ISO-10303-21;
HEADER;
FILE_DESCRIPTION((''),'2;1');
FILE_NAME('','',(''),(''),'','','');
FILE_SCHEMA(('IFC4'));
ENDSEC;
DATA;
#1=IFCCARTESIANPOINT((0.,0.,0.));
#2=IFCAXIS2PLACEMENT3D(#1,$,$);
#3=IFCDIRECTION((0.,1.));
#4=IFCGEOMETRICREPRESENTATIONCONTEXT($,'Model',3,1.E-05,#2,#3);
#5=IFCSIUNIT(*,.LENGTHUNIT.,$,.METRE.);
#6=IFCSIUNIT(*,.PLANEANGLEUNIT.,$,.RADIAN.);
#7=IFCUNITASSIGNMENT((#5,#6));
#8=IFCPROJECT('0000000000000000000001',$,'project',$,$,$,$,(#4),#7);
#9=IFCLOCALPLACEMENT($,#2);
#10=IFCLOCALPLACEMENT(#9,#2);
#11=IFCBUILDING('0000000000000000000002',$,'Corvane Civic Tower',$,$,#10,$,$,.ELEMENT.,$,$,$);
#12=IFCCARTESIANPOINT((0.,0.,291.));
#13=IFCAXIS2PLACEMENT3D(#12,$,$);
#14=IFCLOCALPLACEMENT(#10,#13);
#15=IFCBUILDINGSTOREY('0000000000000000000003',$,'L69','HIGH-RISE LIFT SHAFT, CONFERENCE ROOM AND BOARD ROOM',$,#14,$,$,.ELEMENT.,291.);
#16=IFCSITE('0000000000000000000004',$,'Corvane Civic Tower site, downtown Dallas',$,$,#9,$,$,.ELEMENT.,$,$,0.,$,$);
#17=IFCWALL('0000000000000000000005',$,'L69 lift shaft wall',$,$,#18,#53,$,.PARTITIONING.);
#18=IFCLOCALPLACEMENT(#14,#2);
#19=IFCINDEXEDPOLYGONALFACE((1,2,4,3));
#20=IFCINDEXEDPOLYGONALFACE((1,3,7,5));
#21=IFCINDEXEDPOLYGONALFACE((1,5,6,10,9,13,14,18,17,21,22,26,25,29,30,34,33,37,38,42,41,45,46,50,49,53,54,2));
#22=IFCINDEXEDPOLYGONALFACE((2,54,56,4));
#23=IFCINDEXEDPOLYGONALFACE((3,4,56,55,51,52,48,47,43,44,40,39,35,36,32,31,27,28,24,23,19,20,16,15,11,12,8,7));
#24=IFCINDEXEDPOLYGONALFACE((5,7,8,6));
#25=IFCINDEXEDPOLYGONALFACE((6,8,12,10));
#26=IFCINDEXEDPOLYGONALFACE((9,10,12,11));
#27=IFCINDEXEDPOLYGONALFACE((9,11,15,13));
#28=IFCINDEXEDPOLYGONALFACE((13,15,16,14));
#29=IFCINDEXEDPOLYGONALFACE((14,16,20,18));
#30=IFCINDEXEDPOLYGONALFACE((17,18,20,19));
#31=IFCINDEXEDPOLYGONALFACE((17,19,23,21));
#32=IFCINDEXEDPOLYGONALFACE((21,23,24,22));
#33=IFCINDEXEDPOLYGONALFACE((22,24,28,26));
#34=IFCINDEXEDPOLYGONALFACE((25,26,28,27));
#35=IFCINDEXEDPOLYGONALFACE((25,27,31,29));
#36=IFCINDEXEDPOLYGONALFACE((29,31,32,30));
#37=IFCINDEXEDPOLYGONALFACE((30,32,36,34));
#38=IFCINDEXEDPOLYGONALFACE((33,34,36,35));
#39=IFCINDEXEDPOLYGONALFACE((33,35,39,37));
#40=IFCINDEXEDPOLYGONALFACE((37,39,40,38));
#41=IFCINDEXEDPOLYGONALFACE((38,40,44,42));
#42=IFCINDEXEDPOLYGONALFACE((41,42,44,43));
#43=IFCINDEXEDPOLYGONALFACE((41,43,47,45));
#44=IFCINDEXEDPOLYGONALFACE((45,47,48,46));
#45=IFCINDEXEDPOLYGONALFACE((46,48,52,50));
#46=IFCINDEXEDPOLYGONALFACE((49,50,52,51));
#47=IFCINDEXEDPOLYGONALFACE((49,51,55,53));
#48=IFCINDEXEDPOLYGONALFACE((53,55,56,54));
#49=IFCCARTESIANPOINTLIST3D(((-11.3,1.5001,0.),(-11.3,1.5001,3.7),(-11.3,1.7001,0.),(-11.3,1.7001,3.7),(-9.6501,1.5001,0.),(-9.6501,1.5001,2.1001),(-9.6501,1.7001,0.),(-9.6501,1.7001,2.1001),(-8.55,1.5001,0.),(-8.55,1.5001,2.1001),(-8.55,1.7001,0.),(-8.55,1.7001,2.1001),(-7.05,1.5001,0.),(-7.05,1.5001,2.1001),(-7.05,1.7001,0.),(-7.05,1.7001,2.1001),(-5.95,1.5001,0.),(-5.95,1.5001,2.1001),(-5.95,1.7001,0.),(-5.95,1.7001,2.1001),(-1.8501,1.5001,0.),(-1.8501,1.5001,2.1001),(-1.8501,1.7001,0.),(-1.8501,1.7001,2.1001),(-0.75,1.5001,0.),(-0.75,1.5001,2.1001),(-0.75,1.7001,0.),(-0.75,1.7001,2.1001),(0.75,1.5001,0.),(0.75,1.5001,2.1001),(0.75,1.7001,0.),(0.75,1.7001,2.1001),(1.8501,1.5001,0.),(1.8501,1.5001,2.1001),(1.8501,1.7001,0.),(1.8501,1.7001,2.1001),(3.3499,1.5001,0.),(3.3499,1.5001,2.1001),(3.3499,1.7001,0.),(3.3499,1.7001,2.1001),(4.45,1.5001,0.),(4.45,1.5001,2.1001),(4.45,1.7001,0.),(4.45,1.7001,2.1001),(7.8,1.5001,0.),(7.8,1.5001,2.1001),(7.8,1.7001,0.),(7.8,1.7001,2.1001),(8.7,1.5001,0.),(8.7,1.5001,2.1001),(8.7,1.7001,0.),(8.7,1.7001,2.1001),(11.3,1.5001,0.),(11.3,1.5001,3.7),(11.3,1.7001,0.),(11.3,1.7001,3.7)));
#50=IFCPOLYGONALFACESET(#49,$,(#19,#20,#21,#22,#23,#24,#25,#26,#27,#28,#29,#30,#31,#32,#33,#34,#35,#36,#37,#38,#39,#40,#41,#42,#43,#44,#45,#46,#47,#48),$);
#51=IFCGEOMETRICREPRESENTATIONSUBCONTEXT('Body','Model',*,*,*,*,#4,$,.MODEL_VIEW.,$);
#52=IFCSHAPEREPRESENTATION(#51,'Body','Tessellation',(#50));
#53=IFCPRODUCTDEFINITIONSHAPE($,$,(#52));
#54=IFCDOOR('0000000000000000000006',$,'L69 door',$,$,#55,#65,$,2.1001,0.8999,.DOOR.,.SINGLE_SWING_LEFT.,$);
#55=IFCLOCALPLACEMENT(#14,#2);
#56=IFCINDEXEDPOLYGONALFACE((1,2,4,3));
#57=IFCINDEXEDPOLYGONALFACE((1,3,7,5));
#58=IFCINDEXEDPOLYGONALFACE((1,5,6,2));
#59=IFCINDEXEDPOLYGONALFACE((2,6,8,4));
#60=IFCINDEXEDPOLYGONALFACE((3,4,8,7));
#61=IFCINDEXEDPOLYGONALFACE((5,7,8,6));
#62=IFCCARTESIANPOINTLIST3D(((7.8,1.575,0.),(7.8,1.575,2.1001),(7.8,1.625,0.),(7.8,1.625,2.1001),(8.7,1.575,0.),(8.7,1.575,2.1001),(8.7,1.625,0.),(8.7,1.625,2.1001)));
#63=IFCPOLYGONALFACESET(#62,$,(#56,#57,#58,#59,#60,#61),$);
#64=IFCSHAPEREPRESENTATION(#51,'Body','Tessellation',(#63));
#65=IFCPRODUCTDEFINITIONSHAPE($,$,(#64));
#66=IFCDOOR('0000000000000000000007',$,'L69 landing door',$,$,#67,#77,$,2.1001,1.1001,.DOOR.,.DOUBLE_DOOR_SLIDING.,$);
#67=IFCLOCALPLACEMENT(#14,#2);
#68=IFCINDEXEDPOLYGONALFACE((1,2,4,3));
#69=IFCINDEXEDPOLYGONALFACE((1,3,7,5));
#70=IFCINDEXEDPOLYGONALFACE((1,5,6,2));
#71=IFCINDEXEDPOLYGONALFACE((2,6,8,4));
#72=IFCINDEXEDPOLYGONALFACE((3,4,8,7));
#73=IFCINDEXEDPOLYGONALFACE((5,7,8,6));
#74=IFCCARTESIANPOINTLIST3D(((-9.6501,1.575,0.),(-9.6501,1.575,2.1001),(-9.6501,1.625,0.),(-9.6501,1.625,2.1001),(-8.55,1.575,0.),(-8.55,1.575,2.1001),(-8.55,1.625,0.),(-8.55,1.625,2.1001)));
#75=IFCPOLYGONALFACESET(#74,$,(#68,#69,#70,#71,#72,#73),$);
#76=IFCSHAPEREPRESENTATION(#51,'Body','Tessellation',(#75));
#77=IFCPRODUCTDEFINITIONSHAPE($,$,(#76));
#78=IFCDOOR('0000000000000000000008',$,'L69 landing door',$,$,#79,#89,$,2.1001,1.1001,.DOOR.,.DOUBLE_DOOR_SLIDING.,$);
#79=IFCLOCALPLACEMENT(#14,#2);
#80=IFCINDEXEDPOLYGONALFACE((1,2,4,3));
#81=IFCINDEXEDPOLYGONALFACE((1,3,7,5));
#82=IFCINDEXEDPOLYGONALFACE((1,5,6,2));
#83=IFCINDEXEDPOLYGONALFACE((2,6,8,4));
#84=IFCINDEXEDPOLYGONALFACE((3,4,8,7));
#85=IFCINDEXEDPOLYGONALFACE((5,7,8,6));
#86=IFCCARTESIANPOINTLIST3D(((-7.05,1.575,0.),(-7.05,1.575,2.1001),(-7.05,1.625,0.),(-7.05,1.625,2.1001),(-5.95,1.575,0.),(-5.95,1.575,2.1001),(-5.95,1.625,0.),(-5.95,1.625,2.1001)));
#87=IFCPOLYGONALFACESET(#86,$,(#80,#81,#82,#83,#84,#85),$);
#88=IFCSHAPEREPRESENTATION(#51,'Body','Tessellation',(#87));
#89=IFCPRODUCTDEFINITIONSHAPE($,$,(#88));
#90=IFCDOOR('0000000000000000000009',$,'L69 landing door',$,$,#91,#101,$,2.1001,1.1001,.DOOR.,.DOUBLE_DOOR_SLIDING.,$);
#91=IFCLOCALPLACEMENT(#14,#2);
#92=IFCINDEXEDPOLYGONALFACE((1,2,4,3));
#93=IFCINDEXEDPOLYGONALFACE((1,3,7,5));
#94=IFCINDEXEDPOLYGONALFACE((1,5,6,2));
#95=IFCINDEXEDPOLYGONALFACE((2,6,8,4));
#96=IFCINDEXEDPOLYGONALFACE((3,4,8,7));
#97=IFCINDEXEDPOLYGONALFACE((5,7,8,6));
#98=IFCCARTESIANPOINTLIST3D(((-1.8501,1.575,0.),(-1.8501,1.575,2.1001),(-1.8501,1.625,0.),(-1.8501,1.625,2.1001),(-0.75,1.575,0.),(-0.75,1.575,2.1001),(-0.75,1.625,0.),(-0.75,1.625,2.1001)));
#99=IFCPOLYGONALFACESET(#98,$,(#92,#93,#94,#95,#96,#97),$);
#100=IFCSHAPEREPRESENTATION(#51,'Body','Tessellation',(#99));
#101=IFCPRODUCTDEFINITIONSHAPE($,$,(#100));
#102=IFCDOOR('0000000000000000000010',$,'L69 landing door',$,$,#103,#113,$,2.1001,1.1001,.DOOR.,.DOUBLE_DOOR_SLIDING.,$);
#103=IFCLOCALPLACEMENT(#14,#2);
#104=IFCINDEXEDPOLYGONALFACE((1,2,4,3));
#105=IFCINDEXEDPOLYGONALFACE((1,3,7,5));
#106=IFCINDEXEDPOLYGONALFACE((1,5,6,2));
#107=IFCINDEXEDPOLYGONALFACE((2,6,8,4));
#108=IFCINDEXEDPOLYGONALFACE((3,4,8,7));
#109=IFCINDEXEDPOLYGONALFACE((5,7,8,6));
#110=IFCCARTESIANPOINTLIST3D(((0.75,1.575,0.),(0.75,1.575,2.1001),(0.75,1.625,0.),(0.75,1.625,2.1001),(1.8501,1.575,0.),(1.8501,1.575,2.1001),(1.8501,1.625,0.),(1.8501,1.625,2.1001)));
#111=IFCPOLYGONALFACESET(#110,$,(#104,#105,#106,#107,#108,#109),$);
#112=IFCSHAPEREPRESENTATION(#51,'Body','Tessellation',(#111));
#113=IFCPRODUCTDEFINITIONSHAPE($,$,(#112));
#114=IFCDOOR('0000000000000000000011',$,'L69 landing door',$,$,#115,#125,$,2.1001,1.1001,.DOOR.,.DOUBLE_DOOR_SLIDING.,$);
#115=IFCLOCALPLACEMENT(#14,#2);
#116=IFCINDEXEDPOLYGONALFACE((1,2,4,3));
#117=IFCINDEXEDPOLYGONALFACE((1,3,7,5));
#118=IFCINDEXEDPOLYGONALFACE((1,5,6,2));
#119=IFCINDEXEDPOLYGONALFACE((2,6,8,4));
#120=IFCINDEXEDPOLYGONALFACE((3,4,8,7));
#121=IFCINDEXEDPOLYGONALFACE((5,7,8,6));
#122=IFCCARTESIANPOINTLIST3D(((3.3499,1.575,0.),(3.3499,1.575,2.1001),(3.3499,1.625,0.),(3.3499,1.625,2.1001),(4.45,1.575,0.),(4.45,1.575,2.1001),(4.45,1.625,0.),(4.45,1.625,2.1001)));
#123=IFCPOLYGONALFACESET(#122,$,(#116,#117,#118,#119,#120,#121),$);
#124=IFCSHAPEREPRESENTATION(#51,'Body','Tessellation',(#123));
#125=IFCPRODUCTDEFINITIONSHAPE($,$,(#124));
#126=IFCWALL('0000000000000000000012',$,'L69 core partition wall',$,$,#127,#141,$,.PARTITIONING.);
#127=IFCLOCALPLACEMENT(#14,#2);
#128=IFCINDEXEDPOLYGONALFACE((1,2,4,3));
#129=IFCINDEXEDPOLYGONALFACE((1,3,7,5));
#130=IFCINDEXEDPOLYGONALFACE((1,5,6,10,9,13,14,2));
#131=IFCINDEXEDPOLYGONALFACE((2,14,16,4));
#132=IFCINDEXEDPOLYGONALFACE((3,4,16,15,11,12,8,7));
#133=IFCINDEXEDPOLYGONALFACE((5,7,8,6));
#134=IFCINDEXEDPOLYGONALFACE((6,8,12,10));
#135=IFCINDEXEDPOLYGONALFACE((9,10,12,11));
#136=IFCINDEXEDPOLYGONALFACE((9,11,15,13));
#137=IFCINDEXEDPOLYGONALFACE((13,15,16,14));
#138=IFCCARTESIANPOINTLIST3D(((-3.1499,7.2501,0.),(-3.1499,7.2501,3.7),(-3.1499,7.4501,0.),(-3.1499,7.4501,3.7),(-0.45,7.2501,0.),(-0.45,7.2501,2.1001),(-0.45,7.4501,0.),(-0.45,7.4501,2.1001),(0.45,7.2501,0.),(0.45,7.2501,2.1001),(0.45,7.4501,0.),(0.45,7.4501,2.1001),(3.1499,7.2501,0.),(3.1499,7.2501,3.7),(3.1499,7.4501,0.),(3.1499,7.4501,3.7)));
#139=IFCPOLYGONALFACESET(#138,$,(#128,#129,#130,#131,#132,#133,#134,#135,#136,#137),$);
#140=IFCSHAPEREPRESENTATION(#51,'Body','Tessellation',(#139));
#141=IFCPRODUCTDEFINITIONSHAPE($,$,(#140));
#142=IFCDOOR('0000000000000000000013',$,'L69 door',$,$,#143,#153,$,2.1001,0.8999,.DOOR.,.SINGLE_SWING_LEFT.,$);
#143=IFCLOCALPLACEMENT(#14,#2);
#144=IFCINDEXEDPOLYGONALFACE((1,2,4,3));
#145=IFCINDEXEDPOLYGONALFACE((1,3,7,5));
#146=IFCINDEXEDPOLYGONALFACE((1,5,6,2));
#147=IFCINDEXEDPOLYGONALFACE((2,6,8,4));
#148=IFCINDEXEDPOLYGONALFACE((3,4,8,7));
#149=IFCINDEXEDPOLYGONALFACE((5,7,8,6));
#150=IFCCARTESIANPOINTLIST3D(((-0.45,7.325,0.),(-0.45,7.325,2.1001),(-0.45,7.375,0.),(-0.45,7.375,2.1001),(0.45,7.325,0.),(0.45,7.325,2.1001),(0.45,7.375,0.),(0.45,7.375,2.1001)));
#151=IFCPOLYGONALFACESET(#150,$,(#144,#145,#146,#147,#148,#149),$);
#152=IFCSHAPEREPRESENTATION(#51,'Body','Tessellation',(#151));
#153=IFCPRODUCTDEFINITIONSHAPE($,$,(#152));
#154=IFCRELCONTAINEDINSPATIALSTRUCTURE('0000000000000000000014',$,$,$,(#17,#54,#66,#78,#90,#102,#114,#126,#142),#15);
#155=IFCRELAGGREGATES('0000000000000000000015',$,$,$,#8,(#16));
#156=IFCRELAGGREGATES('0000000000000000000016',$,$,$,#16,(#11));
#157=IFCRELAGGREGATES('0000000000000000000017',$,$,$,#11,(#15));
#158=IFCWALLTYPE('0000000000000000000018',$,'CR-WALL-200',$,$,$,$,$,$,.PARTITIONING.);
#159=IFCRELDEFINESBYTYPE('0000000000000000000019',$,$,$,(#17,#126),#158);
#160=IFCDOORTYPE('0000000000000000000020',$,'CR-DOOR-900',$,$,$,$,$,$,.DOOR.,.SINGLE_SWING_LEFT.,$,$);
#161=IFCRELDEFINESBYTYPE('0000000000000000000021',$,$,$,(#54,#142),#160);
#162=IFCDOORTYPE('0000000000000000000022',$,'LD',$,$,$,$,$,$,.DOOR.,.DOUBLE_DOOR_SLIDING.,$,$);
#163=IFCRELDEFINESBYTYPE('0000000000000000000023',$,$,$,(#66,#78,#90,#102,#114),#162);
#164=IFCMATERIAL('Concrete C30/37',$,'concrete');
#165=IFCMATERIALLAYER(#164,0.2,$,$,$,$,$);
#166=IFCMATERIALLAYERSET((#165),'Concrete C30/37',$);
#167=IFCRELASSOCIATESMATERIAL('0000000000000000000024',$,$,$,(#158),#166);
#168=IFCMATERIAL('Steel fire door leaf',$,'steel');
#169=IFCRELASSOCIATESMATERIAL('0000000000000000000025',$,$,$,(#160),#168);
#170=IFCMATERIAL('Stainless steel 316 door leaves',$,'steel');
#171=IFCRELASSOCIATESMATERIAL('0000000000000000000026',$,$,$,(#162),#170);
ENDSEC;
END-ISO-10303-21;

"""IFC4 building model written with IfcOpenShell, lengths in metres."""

from ifc_helpers import new_model, si_unit, direction, frame, frame_2d, origin, place, context, subcontext, project, spatial, rectangle, extrude, material, layer, layer_set, type_object, element, fill, save


model = new_model("IFC4")

# Units and contexts
model_context = context("Model", 3, precision=1e-05, world=origin(), true_north=direction((0.0, 1.0)))
body_context = subcontext(model_context, "Body", "Model", "MODEL_VIEW")
ifc_project = project(units=[si_unit("LENGTHUNIT", "METRE"), si_unit("PLANEANGLEUNIT", "RADIAN")], contexts=[model_context])

# Site, building, storey
site_placement = place(None, origin())
site = spatial("IfcSite", under=ifc_project, at=site_placement, Name="Corvane Civic Tower site, downtown Dallas", CompositionType="ELEMENT", RefElevation=0.0)
building_placement = place(site_placement, origin())
building = spatial("IfcBuilding", under=site, at=building_placement, Name="Corvane Civic Tower", CompositionType="ELEMENT")
storey_placement = place(building_placement, frame((0.0, 0.0, 291.0)))
storey = spatial("IfcBuildingStorey", under=building, at=storey_placement, Name="L69", Description="HIGH-RISE LIFT SHAFT, CONFERENCE ROOM AND BOARD ROOM", CompositionType="ELEMENT", Elevation=291.0)

# Wall, openings, doors
ifc_material_1 = material(Name="Concrete C30/37", Category="concrete")
ifc_layer_1 = layer(ifc_material_1, 0.2)
ifc_layer_set_1 = layer_set([ifc_layer_1], Name="Concrete C30/37")
wall_type_1 = type_object("IfcWallType", Name="CR-WALL-200", PredefinedType="PARTITIONING", material=ifc_layer_set_1)
wall_1_placement = place(storey_placement, frame((-11.3, 1.6001, 0.0), z_axis=(0.0, 0.0, 1.0), x_axis=(1.0, 0.0, 0.0)))
wall_1 = element("IfcWall", 1, at=wall_1_placement, inside=storey, type_object=wall_type_1, Name="L69 lift shaft wall", PredefinedType="PARTITIONING", context=body_context, shape_type="SweptSolid", body=[
    extrude(rectangle(XDim=22.6001, YDim=0.2, at=frame_2d((11.3, 0.0))), origin(), (0.0, 0.0, 1.0), 3.7),
])
opening_1_placement = place(wall_1_placement, frame((1.6499, 0.0, 0.0)))
opening_1 = element("IfcOpeningElement", 2, at=opening_1_placement, cuts=wall_1, PredefinedType="OPENING", context=body_context, shape_type="SweptSolid", body=[
    extrude(rectangle(XDim=1.1001, YDim=2.1001, at=frame_2d((0.55, 1.05))), frame((0.0, 0.1099, 0.0), z_axis=(0.0, -1.0, 0.0), x_axis=(1.0, 0.0, 0.0)), (0.0, 0.0, 1.0), 0.22),
])
opening_2_placement = place(wall_1_placement, frame((4.25, 0.0, 0.0)))
opening_2 = element("IfcOpeningElement", 3, at=opening_2_placement, cuts=wall_1, PredefinedType="OPENING", context=body_context, shape_type="SweptSolid", body=[
    extrude(rectangle(XDim=1.1001, YDim=2.1001, at=frame_2d((0.55, 1.05))), frame((0.0, 0.1099, 0.0), z_axis=(0.0, -1.0, 0.0), x_axis=(1.0, 0.0, 0.0)), (0.0, 0.0, 1.0), 0.22),
])
opening_3_placement = place(wall_1_placement, frame((9.45, 0.0, 0.0)))
opening_3 = element("IfcOpeningElement", 4, at=opening_3_placement, cuts=wall_1, PredefinedType="OPENING", context=body_context, shape_type="SweptSolid", body=[
    extrude(rectangle(XDim=1.1001, YDim=2.1001, at=frame_2d((0.55, 1.05))), frame((0.0, 0.1099, 0.0), z_axis=(0.0, -1.0, 0.0), x_axis=(1.0, 0.0, 0.0)), (0.0, 0.0, 1.0), 0.22),
])
opening_4_placement = place(wall_1_placement, frame((12.05, 0.0, 0.0)))
opening_4 = element("IfcOpeningElement", 5, at=opening_4_placement, cuts=wall_1, PredefinedType="OPENING", context=body_context, shape_type="SweptSolid", body=[
    extrude(rectangle(XDim=1.1001, YDim=2.1001, at=frame_2d((0.55, 1.05))), frame((0.0, 0.1099, 0.0), z_axis=(0.0, -1.0, 0.0), x_axis=(1.0, 0.0, 0.0)), (0.0, 0.0, 1.0), 0.22),
])
opening_5_placement = place(wall_1_placement, frame((14.6499, 0.0, 0.0)))
opening_5 = element("IfcOpeningElement", 6, at=opening_5_placement, cuts=wall_1, PredefinedType="OPENING", context=body_context, shape_type="SweptSolid", body=[
    extrude(rectangle(XDim=1.1001, YDim=2.1001, at=frame_2d((0.55, 1.05))), frame((0.0, 0.1099, 0.0), z_axis=(0.0, -1.0, 0.0), x_axis=(1.0, 0.0, 0.0)), (0.0, 0.0, 1.0), 0.22),
])
opening_6_placement = place(wall_1_placement, frame((19.1001, 0.0, 0.0)))
opening_6 = element("IfcOpeningElement", 7, at=opening_6_placement, cuts=wall_1, PredefinedType="OPENING", context=body_context, shape_type="SweptSolid", body=[
    extrude(rectangle(XDim=0.8999, YDim=2.1001, at=frame_2d((0.45, 1.05))), frame((0.0, 0.1099, 0.0), z_axis=(0.0, -1.0, 0.0), x_axis=(1.0, 0.0, 0.0)), (0.0, 0.0, 1.0), 0.22),
])
ifc_material_2 = material(Name="Steel fire door leaf", Category="steel")
door_type_1 = type_object("IfcDoorType", Name="CR-DOOR-900", OperationType="SINGLE_SWING_LEFT", PredefinedType="DOOR", material=ifc_material_2)
door_1_placement = place(opening_6_placement, origin())
door_1 = element("IfcDoor", 8, at=door_1_placement, inside=storey, type_object=door_type_1, Name="L69 door", OperationType="SINGLE_SWING_LEFT", OverallHeight=2.1001, OverallWidth=0.8999, PredefinedType="DOOR", context=body_context, shape_type="SweptSolid", body=[
    extrude(rectangle(XDim=0.8999, YDim=2.1001, at=frame_2d((0.45, 1.05))), frame((0.0, 0.0249, 0.0), z_axis=(0.0, -1.0, 0.0), x_axis=(1.0, 0.0, 0.0)), (0.0, 0.0, 1.0), 0.05),
])
fill(opening_6, door_1)
ifc_material_3 = material(Name="Stainless steel 316 door leaves", Category="steel")
door_type_2 = type_object("IfcDoorType", Name="LD", OperationType="DOUBLE_DOOR_SLIDING", PredefinedType="DOOR", material=ifc_material_3)
door_2_placement = place(opening_1_placement, origin())
door_2 = element("IfcDoor", 9, at=door_2_placement, inside=storey, type_object=door_type_2, Name="L69 landing door", OperationType="DOUBLE_DOOR_SLIDING", OverallHeight=2.1001, OverallWidth=1.1001, PredefinedType="DOOR", context=body_context, shape_type="SweptSolid", body=[
    extrude(rectangle(XDim=1.1001, YDim=2.1001, at=frame_2d((0.55, 1.05))), frame((0.0, 0.0249, 0.0), z_axis=(0.0, -1.0, 0.0), x_axis=(1.0, 0.0, 0.0)), (0.0, 0.0, 1.0), 0.05),
])
fill(opening_1, door_2)
door_3_placement = place(opening_2_placement, origin())
door_3 = element("IfcDoor", 10, at=door_3_placement, inside=storey, type_object=door_type_2, Name="L69 landing door", OperationType="DOUBLE_DOOR_SLIDING", OverallHeight=2.1001, OverallWidth=1.1001, PredefinedType="DOOR", context=body_context, shape_type="SweptSolid", body=[
    extrude(rectangle(XDim=1.1001, YDim=2.1001, at=frame_2d((0.55, 1.05))), frame((0.0, 0.0249, 0.0), z_axis=(0.0, -1.0, 0.0), x_axis=(1.0, 0.0, 0.0)), (0.0, 0.0, 1.0), 0.05),
])
fill(opening_2, door_3)
door_4_placement = place(opening_3_placement, origin())
door_4 = element("IfcDoor", 11, at=door_4_placement, inside=storey, type_object=door_type_2, Name="L69 landing door", OperationType="DOUBLE_DOOR_SLIDING", OverallHeight=2.1001, OverallWidth=1.1001, PredefinedType="DOOR", context=body_context, shape_type="SweptSolid", body=[
    extrude(rectangle(XDim=1.1001, YDim=2.1001, at=frame_2d((0.55, 1.05))), frame((0.0, 0.0249, 0.0), z_axis=(0.0, -1.0, 0.0), x_axis=(1.0, 0.0, 0.0)), (0.0, 0.0, 1.0), 0.05),
])
fill(opening_3, door_4)
door_5_placement = place(opening_4_placement, origin())
door_5 = element("IfcDoor", 12, at=door_5_placement, inside=storey, type_object=door_type_2, Name="L69 landing door", OperationType="DOUBLE_DOOR_SLIDING", OverallHeight=2.1001, OverallWidth=1.1001, PredefinedType="DOOR", context=body_context, shape_type="SweptSolid", body=[
    extrude(rectangle(XDim=1.1001, YDim=2.1001, at=frame_2d((0.55, 1.05))), frame((0.0, 0.0249, 0.0), z_axis=(0.0, -1.0, 0.0), x_axis=(1.0, 0.0, 0.0)), (0.0, 0.0, 1.0), 0.05),
])
fill(opening_4, door_5)
door_6_placement = place(opening_5_placement, origin())
door_6 = element("IfcDoor", 13, at=door_6_placement, inside=storey, type_object=door_type_2, Name="L69 landing door", OperationType="DOUBLE_DOOR_SLIDING", OverallHeight=2.1001, OverallWidth=1.1001, PredefinedType="DOOR", context=body_context, shape_type="SweptSolid", body=[
    extrude(rectangle(XDim=1.1001, YDim=2.1001, at=frame_2d((0.55, 1.05))), frame((0.0, 0.0249, 0.0), z_axis=(0.0, -1.0, 0.0), x_axis=(1.0, 0.0, 0.0)), (0.0, 0.0, 1.0), 0.05),
])
fill(opening_5, door_6)

# Wall, opening, door
wall_2_placement = place(storey_placement, frame((-3.1499, 7.3501, 0.0), z_axis=(0.0, 0.0, 1.0), x_axis=(1.0, 0.0, 0.0)))
wall_2 = element("IfcWall", 14, at=wall_2_placement, inside=storey, type_object=wall_type_1, Name="L69 core partition wall", PredefinedType="PARTITIONING", context=body_context, shape_type="SweptSolid", body=[
    extrude(rectangle(XDim=6.2998, YDim=0.2, at=frame_2d((3.1499, 0.0))), origin(), (0.0, 0.0, 1.0), 3.7),
])
opening_7_placement = place(wall_2_placement, frame((2.7, 0.0, 0.0)))
opening_7 = element("IfcOpeningElement", 15, at=opening_7_placement, cuts=wall_2, PredefinedType="OPENING", context=body_context, shape_type="SweptSolid", body=[
    extrude(rectangle(XDim=0.8999, YDim=2.1001, at=frame_2d((0.45, 1.05))), frame((0.0, 0.1099, 0.0), z_axis=(0.0, -1.0, 0.0), x_axis=(1.0, 0.0, 0.0)), (0.0, 0.0, 1.0), 0.22),
])
door_7_placement = place(opening_7_placement, origin())
door_7 = element("IfcDoor", 16, at=door_7_placement, inside=storey, type_object=door_type_1, Name="L69 door", OperationType="SINGLE_SWING_LEFT", OverallHeight=2.1001, OverallWidth=0.8999, PredefinedType="DOOR", context=body_context, shape_type="SweptSolid", body=[
    extrude(rectangle(XDim=0.8999, YDim=2.1001, at=frame_2d((0.45, 1.05))), frame((0.0, 0.0249, 0.0), z_axis=(0.0, -1.0, 0.0), x_axis=(1.0, 0.0, 0.0)), (0.0, 0.0, 1.0), 0.05),
])
fill(opening_7, door_7)

save(model, "model.ifc")
